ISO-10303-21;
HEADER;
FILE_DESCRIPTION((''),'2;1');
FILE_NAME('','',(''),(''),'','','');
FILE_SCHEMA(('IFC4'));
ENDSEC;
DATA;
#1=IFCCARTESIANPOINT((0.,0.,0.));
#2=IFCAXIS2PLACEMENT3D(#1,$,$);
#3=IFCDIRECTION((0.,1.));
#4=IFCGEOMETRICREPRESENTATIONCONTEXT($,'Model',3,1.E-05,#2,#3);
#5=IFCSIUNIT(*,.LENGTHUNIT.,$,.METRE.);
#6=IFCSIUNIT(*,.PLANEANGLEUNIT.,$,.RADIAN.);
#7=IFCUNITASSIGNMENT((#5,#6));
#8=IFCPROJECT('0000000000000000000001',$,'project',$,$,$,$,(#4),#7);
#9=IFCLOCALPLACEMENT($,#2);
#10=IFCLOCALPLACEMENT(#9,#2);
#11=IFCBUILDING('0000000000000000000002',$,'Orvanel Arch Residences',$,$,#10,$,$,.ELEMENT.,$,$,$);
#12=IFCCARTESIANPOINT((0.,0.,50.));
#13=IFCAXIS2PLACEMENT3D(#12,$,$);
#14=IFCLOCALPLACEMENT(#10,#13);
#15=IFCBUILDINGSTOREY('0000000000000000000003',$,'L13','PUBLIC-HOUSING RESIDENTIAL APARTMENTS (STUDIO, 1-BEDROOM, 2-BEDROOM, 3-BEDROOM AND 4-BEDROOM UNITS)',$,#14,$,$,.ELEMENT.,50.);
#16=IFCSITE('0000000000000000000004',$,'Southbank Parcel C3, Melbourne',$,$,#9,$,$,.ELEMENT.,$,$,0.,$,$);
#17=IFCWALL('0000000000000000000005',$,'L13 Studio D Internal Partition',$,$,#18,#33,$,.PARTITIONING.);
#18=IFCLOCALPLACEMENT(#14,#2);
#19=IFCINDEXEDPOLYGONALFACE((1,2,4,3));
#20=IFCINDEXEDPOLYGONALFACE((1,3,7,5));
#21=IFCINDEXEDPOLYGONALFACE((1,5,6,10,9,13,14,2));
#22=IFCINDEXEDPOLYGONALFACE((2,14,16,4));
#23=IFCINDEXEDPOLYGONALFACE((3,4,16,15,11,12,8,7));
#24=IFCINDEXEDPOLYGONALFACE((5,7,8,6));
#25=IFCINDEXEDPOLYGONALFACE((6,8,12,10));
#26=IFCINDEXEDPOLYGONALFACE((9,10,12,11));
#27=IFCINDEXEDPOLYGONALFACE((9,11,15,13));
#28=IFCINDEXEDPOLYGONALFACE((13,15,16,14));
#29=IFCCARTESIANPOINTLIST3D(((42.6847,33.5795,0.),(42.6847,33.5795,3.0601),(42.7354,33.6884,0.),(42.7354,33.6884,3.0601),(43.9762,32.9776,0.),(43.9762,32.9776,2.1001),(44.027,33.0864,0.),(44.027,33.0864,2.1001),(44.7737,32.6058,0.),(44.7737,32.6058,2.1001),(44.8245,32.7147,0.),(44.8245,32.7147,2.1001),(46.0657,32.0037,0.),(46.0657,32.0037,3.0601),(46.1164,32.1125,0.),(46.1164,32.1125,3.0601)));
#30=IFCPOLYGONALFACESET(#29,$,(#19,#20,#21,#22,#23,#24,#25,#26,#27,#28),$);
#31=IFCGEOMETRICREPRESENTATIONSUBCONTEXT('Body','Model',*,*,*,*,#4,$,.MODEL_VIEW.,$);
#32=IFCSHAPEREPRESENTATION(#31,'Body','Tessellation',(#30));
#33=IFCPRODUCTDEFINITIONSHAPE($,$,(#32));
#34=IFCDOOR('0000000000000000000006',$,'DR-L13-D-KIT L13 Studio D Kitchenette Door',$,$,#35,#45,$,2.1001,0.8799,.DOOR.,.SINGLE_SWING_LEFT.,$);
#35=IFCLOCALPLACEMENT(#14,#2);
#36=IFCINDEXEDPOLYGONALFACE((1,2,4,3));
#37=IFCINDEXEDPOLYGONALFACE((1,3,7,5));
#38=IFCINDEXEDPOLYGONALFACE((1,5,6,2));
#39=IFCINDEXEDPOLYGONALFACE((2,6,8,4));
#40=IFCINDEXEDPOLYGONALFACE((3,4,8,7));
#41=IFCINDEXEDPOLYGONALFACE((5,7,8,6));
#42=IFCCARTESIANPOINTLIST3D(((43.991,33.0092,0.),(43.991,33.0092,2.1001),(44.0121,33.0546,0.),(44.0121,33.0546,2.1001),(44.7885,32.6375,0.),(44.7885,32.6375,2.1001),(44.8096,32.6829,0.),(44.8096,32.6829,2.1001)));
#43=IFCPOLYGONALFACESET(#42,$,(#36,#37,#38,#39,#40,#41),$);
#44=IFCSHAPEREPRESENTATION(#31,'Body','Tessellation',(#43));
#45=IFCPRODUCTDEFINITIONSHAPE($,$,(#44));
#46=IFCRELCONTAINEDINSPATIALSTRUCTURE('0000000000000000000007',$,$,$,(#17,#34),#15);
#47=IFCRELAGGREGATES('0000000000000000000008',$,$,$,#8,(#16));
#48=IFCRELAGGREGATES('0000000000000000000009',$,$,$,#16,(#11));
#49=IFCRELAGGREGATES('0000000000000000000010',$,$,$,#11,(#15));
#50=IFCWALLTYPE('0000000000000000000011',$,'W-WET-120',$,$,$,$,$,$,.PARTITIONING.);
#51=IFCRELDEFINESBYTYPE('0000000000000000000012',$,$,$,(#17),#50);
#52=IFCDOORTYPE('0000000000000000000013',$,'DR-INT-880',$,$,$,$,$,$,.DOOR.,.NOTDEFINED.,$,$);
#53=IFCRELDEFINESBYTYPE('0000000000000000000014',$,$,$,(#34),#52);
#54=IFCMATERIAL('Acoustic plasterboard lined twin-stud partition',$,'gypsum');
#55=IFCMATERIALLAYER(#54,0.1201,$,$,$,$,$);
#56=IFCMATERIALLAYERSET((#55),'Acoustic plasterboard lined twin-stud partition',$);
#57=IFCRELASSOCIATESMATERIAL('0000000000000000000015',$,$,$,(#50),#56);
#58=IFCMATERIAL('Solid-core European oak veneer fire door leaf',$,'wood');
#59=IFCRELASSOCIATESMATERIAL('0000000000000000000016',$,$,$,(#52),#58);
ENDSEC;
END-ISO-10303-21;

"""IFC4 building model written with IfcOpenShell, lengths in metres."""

from ifc_helpers import new_model, si_unit, direction, frame, frame_2d, origin, place, context, subcontext, project, spatial, rectangle, extrude, material, layer, layer_set, type_object, element, fill, save


model = new_model("IFC4")

# Units and contexts
model_context = context("Model", 3, precision=1e-05, world=origin(), true_north=direction((0.0, 1.0)))
body_context = subcontext(model_context, "Body", "Model", "MODEL_VIEW")
ifc_project = project(units=[si_unit("LENGTHUNIT", "METRE"), si_unit("PLANEANGLEUNIT", "RADIAN")], contexts=[model_context])

# Site, building, storey
site_placement = place(None, origin())
site = spatial("IfcSite", under=ifc_project, at=site_placement, Name="Southbank Parcel C3, Melbourne", CompositionType="ELEMENT", RefElevation=0.0)
building_placement = place(site_placement, origin())
building = spatial("IfcBuilding", under=site, at=building_placement, Name="Orvanel Arch Residences", CompositionType="ELEMENT")
storey_placement = place(building_placement, frame((0.0, 0.0, 50.0)))
storey = spatial("IfcBuildingStorey", under=building, at=storey_placement, Name="L13", Description="PUBLIC-HOUSING RESIDENTIAL APARTMENTS (STUDIO, 1-BEDROOM, 2-BEDROOM, 3-BEDROOM AND 4-BEDROOM UNITS)", CompositionType="ELEMENT", Elevation=50.0)

# Shared definitions
ifc_material_1 = material(Name="Solid-core European oak veneer fire door leaf", Category="wood")

# Wall, opening, door
ifc_material_2 = material(Name="Acoustic plasterboard lined twin-stud partition", Category="gypsum")
ifc_layer_1 = layer(ifc_material_2, 0.1201)
ifc_layer_set_1 = layer_set([ifc_layer_1], Name="Acoustic plasterboard lined twin-stud partition")
wall_type_1 = type_object("IfcWallType", Name="W-WET-120", PredefinedType="PARTITIONING", material=ifc_layer_set_1)
wall_1_placement = place(storey_placement, frame((42.71, 33.634, 0.0), z_axis=(0.0, 0.0, 1.0), x_axis=(0.90638, -0.422463, 0.0)))
wall_1 = element("IfcWall", 1, at=wall_1_placement, inside=storey, type_object=wall_type_1, Name="L13 Studio D Internal Partition", PredefinedType="PARTITIONING", context=body_context, shape_type="SweptSolid", body=[
    extrude(rectangle(XDim=3.7302, YDim=0.1201, at=frame_2d((1.8652, 0.0))), origin(), (0.0, 0.0, 1.0), 3.0601),
])
opening_1_placement = place(wall_1_placement, frame((1.425, 0.0, 0.0)))
opening_1 = element("IfcOpeningElement", 2, at=opening_1_placement, cuts=wall_1, PredefinedType="OPENING", context=body_context, shape_type="SweptSolid", body=[
    extrude(rectangle(XDim=0.8799, YDim=2.1001, at=frame_2d((0.4399, 1.05))), frame((0.0, 0.0701, 0.0), z_axis=(0.0, -1.0, 0.0), x_axis=(1.0, 0.0, 0.0)), (0.0, 0.0, 1.0), 0.1401),
])
door_type_1 = type_object("IfcDoorType", Name="DR-INT-880", OperationType="NOTDEFINED", PredefinedType="DOOR", material=ifc_material_1)
door_1_placement = place(opening_1_placement, origin())
door_1 = element("IfcDoor", 3, at=door_1_placement, inside=storey, type_object=door_type_1, Name="DR-L13-D-KIT L13 Studio D Kitchenette Door", OperationType="SINGLE_SWING_LEFT", OverallHeight=2.1001, OverallWidth=0.8799, PredefinedType="DOOR", context=body_context, shape_type="SweptSolid", body=[
    extrude(rectangle(XDim=0.8799, YDim=2.1001, at=frame_2d((0.4399, 1.05))), frame((0.0, 0.0249, 0.0), z_axis=(0.0, -1.0, 0.0), x_axis=(1.0, 0.0, 0.0)), (0.0, 0.0, 1.0), 0.05),
])
fill(opening_1, door_1)

save(model, "model.ifc")
